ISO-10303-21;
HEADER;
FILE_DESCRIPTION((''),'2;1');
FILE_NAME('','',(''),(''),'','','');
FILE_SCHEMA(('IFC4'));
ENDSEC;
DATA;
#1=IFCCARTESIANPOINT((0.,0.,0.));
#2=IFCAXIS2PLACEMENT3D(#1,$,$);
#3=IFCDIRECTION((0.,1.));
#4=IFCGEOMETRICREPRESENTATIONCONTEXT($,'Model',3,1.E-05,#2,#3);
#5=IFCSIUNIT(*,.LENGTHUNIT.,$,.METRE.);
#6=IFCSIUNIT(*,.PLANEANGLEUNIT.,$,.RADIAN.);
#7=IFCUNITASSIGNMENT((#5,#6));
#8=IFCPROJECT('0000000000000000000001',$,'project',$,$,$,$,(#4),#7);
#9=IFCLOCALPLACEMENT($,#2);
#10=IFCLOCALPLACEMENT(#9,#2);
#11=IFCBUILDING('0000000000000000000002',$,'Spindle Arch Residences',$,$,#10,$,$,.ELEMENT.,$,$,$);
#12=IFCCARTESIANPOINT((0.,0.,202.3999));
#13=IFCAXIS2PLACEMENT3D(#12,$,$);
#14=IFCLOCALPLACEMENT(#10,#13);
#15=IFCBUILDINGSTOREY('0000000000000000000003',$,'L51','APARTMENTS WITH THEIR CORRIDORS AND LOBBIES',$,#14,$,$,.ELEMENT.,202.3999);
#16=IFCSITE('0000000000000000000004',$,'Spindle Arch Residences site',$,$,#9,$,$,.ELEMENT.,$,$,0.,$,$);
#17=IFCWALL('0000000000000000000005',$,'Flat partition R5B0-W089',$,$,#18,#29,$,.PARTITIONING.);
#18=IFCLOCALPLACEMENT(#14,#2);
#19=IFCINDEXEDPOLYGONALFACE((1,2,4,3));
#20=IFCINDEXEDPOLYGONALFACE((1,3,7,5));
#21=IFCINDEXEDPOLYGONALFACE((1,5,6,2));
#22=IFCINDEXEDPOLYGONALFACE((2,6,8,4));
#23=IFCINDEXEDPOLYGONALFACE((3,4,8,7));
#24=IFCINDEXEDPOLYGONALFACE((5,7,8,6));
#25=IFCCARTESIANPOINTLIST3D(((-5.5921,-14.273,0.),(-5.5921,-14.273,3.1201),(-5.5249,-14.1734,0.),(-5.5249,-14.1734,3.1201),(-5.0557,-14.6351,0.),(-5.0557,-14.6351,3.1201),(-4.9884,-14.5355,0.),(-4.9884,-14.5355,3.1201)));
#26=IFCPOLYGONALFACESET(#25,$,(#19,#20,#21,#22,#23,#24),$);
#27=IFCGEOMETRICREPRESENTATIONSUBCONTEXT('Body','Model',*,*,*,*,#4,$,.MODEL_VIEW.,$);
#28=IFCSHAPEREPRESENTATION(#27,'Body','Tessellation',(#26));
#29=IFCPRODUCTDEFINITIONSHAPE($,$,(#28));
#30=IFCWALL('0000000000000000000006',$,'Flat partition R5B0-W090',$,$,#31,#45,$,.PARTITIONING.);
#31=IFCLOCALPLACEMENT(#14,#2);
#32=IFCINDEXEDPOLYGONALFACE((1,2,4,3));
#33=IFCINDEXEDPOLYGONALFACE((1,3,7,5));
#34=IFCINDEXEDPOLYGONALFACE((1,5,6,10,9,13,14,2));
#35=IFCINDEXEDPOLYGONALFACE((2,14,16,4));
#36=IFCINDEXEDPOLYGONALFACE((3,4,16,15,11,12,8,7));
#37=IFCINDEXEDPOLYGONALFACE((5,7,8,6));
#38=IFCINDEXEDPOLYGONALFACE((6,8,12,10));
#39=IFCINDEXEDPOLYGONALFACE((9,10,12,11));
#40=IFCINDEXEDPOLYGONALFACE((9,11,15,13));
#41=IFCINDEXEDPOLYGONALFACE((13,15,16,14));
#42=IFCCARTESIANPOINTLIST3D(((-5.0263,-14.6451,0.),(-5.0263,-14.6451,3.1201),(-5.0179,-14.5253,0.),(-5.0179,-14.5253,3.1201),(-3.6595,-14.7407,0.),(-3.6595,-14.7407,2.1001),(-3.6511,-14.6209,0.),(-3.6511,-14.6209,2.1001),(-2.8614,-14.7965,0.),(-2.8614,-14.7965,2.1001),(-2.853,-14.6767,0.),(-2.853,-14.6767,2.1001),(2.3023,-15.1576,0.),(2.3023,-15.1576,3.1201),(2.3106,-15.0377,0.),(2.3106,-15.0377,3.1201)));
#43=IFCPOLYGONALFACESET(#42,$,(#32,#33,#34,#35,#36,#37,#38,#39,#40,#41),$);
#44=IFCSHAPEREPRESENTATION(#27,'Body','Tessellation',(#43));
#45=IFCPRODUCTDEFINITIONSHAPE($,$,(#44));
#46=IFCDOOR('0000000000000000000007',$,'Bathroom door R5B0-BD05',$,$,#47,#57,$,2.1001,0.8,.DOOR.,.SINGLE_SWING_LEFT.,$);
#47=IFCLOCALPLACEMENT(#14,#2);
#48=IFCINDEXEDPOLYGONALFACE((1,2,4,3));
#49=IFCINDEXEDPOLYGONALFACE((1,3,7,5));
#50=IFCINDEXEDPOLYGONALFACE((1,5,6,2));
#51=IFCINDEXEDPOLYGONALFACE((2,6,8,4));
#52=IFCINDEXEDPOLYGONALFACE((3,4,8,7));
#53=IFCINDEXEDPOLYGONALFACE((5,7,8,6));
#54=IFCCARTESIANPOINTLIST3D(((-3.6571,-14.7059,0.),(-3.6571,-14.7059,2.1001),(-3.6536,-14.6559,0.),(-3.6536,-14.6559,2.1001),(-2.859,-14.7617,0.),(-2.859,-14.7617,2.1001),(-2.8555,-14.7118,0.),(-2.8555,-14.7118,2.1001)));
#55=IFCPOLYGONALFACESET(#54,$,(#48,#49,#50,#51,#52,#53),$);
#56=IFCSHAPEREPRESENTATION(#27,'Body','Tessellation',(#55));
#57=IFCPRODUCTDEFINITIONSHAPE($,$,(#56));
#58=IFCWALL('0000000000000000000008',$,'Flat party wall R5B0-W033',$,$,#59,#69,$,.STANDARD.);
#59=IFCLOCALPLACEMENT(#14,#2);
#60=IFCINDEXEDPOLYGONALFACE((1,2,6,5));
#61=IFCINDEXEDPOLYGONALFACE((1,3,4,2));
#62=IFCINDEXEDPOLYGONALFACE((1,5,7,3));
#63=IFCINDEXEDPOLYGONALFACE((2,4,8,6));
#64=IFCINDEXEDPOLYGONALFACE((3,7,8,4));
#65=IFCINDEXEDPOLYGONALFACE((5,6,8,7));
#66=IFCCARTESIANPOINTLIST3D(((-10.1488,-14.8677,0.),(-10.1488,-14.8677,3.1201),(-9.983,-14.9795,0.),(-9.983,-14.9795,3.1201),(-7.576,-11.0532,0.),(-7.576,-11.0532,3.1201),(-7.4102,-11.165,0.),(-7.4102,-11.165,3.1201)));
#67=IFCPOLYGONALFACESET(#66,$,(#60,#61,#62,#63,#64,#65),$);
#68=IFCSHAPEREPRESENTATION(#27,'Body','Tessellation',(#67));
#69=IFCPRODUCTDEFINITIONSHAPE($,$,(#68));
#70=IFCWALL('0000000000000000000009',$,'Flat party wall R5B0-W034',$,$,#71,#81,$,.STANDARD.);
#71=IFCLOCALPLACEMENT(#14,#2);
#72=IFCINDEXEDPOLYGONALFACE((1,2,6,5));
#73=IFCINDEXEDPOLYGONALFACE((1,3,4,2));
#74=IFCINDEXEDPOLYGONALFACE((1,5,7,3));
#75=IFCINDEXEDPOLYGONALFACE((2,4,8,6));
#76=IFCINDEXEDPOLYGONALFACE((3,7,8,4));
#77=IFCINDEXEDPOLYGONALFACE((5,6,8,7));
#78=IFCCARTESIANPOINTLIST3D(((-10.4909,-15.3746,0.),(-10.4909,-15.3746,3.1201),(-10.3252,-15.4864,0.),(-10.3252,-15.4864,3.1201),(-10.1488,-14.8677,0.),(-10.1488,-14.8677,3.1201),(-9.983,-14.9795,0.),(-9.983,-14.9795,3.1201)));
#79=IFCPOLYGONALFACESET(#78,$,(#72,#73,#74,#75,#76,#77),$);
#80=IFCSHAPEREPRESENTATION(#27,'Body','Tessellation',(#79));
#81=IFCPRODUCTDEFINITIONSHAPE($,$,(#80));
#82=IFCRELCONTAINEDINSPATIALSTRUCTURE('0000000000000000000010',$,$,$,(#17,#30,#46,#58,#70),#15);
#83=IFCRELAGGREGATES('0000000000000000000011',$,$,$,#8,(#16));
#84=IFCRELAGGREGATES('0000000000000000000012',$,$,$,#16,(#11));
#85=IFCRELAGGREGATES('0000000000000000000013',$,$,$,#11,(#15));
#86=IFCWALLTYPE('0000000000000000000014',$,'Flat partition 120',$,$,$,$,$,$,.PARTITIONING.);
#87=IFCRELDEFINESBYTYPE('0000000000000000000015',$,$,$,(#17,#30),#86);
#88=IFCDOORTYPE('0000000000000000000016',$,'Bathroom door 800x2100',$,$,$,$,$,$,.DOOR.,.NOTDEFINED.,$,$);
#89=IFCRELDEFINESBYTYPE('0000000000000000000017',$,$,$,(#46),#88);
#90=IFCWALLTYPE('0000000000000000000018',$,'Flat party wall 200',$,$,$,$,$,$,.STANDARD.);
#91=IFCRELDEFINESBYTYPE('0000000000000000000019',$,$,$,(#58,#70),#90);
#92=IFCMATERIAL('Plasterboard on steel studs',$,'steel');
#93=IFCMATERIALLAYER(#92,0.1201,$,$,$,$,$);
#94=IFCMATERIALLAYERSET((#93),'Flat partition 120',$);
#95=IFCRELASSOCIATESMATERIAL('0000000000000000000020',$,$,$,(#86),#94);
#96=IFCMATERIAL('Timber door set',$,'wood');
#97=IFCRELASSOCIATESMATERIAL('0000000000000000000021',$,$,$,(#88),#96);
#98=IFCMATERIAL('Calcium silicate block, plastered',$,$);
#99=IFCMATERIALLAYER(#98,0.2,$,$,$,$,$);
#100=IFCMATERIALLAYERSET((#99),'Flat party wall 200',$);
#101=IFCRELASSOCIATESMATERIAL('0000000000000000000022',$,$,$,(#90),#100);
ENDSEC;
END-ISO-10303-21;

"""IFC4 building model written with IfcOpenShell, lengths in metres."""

from ifc_helpers import new_model, si_unit, direction, frame, frame_2d, origin, place, context, subcontext, project, spatial, rectangle, extrude, material, layer, layer_set, type_object, element, fill, save


model = new_model("IFC4")

# Units and contexts
model_context = context("Model", 3, precision=1e-05, world=origin(), true_north=direction((0.0, 1.0)))
body_context = subcontext(model_context, "Body", "Model", "MODEL_VIEW")
ifc_project = project(units=[si_unit("LENGTHUNIT", "METRE"), si_unit("PLANEANGLEUNIT", "RADIAN")], contexts=[model_context])

# Site, building, storey
site_placement = place(None, origin())
site = spatial("IfcSite", under=ifc_project, at=site_placement, Name="Spindle Arch Residences site", CompositionType="ELEMENT", RefElevation=0.0)
building_placement = place(site_placement, origin())
building = spatial("IfcBuilding", under=site, at=building_placement, Name="Spindle Arch Residences", CompositionType="ELEMENT")
storey_placement = place(building_placement, frame((0.0, 0.0, 202.3999)))
storey = spatial("IfcBuildingStorey", under=building, at=storey_placement, Name="L51", Description="APARTMENTS WITH THEIR CORRIDORS AND LOBBIES", CompositionType="ELEMENT", Elevation=202.3999)

# Shared definitions
ifc_material_1 = material(Name="Plasterboard on steel studs", Category="steel")
ifc_layer_1 = layer(ifc_material_1, 0.1201)
ifc_layer_set_1 = layer_set([ifc_layer_1], Name="Flat partition 120")
wall_type_1 = type_object("IfcWallType", Name="Flat partition 120", PredefinedType="PARTITIONING", material=ifc_layer_set_1)

# Wall
wall_1_placement = place(storey_placement, frame((-5.5586, -14.2231, 0.0), z_axis=(0.0, 0.0, 1.0), x_axis=(0.828844, -0.559479, 0.0)))
element("IfcWall", 1, at=wall_1_placement, inside=storey, type_object=wall_type_1, Name="Flat partition R5B0-W089", PredefinedType="PARTITIONING", context=body_context, shape_type="SweptSolid", body=[
    extrude(rectangle(XDim=0.6472, YDim=0.1201, at=frame_2d((0.3237, 0.0))), origin(), (0.0, 0.0, 1.0), 3.1201),
])

# Wall, opening, door
wall_2_placement = place(storey_placement, frame((-5.0222, -14.5852, 0.0), z_axis=(0.0, 0.0, 1.0), x_axis=(0.997564, -0.069754, 0.0)))
wall_2 = element("IfcWall", 2, at=wall_2_placement, inside=storey, type_object=wall_type_1, Name="Flat partition R5B0-W090", PredefinedType="PARTITIONING", context=body_context, shape_type="SweptSolid", body=[
    extrude(rectangle(XDim=7.3464, YDim=0.1201, at=frame_2d((3.6733, 0.0))), origin(), (0.0, 0.0, 1.0), 3.1201),
])
opening_1_placement = place(wall_2_placement, frame((1.3704, 0.0, 0.0)))
opening_1 = element("IfcOpeningElement", 3, at=opening_1_placement, cuts=wall_2, PredefinedType="OPENING", context=body_context, shape_type="SweptSolid", body=[
    extrude(rectangle(XDim=0.8, YDim=2.1001, at=frame_2d((0.3999, 1.05))), frame((0.0, 0.0701, 0.0), z_axis=(0.0, -1.0, 0.0), x_axis=(1.0, 0.0, 0.0)), (0.0, 0.0, 1.0), 0.1401),
])
ifc_material_2 = material(Name="Timber door set", Category="wood")
door_type_1 = type_object("IfcDoorType", Name="Bathroom door 800x2100", OperationType="NOTDEFINED", PredefinedType="DOOR", material=ifc_material_2)
door_1_placement = place(opening_1_placement, origin())
door_1 = element("IfcDoor", 4, at=door_1_placement, inside=storey, type_object=door_type_1, Name="Bathroom door R5B0-BD05", OperationType="SINGLE_SWING_LEFT", OverallHeight=2.1001, OverallWidth=0.8, PredefinedType="DOOR", context=body_context, shape_type="SweptSolid", body=[
    extrude(rectangle(XDim=0.8, YDim=2.1001, at=frame_2d((0.3999, 1.05))), frame((0.0, 0.0249, 0.0), z_axis=(0.0, -1.0, 0.0), x_axis=(1.0, 0.0, 0.0)), (0.0, 0.0, 1.0), 0.05),
])
fill(opening_1, door_1)

# Walls
ifc_material_3 = material(Name="Calcium silicate block, plastered")
ifc_layer_2 = layer(ifc_material_3, 0.2)
ifc_layer_set_2 = layer_set([ifc_layer_2], Name="Flat party wall 200")
wall_type_2 = type_object("IfcWallType", Name="Flat party wall 200", PredefinedType="STANDARD", material=ifc_layer_set_2)
wall_3_placement = place(storey_placement, frame((-10.0659, -14.9236, 0.0), z_axis=(0.0, 0.0, 1.0), x_axis=(0.559174, 0.82905, 0.0)))
element("IfcWall", 5, at=wall_3_placement, inside=storey, type_object=wall_type_2, Name="Flat party wall R5B0-W033", PredefinedType="STANDARD", context=body_context, shape_type="SweptSolid", body=[
    extrude(rectangle(XDim=4.6011, YDim=0.2, at=frame_2d((2.3005, 0.0))), origin(), (0.0, 0.0, 1.0), 3.1201),
])
wall_4_placement = place(storey_placement, frame((-10.408, -15.4304, 0.0), z_axis=(0.0, 0.0, 1.0), x_axis=(0.559391, 0.828904, 0.0)))
element("IfcWall", 6, at=wall_4_placement, inside=storey, type_object=wall_type_2, Name="Flat party wall R5B0-W034", PredefinedType="STANDARD", context=body_context, shape_type="SweptSolid", body=[
    extrude(rectangle(XDim=0.6116, YDim=0.2, at=frame_2d((0.3057, 0.0))), origin(), (0.0, 0.0, 1.0), 3.1201),
])

save(model, "model.ifc")
